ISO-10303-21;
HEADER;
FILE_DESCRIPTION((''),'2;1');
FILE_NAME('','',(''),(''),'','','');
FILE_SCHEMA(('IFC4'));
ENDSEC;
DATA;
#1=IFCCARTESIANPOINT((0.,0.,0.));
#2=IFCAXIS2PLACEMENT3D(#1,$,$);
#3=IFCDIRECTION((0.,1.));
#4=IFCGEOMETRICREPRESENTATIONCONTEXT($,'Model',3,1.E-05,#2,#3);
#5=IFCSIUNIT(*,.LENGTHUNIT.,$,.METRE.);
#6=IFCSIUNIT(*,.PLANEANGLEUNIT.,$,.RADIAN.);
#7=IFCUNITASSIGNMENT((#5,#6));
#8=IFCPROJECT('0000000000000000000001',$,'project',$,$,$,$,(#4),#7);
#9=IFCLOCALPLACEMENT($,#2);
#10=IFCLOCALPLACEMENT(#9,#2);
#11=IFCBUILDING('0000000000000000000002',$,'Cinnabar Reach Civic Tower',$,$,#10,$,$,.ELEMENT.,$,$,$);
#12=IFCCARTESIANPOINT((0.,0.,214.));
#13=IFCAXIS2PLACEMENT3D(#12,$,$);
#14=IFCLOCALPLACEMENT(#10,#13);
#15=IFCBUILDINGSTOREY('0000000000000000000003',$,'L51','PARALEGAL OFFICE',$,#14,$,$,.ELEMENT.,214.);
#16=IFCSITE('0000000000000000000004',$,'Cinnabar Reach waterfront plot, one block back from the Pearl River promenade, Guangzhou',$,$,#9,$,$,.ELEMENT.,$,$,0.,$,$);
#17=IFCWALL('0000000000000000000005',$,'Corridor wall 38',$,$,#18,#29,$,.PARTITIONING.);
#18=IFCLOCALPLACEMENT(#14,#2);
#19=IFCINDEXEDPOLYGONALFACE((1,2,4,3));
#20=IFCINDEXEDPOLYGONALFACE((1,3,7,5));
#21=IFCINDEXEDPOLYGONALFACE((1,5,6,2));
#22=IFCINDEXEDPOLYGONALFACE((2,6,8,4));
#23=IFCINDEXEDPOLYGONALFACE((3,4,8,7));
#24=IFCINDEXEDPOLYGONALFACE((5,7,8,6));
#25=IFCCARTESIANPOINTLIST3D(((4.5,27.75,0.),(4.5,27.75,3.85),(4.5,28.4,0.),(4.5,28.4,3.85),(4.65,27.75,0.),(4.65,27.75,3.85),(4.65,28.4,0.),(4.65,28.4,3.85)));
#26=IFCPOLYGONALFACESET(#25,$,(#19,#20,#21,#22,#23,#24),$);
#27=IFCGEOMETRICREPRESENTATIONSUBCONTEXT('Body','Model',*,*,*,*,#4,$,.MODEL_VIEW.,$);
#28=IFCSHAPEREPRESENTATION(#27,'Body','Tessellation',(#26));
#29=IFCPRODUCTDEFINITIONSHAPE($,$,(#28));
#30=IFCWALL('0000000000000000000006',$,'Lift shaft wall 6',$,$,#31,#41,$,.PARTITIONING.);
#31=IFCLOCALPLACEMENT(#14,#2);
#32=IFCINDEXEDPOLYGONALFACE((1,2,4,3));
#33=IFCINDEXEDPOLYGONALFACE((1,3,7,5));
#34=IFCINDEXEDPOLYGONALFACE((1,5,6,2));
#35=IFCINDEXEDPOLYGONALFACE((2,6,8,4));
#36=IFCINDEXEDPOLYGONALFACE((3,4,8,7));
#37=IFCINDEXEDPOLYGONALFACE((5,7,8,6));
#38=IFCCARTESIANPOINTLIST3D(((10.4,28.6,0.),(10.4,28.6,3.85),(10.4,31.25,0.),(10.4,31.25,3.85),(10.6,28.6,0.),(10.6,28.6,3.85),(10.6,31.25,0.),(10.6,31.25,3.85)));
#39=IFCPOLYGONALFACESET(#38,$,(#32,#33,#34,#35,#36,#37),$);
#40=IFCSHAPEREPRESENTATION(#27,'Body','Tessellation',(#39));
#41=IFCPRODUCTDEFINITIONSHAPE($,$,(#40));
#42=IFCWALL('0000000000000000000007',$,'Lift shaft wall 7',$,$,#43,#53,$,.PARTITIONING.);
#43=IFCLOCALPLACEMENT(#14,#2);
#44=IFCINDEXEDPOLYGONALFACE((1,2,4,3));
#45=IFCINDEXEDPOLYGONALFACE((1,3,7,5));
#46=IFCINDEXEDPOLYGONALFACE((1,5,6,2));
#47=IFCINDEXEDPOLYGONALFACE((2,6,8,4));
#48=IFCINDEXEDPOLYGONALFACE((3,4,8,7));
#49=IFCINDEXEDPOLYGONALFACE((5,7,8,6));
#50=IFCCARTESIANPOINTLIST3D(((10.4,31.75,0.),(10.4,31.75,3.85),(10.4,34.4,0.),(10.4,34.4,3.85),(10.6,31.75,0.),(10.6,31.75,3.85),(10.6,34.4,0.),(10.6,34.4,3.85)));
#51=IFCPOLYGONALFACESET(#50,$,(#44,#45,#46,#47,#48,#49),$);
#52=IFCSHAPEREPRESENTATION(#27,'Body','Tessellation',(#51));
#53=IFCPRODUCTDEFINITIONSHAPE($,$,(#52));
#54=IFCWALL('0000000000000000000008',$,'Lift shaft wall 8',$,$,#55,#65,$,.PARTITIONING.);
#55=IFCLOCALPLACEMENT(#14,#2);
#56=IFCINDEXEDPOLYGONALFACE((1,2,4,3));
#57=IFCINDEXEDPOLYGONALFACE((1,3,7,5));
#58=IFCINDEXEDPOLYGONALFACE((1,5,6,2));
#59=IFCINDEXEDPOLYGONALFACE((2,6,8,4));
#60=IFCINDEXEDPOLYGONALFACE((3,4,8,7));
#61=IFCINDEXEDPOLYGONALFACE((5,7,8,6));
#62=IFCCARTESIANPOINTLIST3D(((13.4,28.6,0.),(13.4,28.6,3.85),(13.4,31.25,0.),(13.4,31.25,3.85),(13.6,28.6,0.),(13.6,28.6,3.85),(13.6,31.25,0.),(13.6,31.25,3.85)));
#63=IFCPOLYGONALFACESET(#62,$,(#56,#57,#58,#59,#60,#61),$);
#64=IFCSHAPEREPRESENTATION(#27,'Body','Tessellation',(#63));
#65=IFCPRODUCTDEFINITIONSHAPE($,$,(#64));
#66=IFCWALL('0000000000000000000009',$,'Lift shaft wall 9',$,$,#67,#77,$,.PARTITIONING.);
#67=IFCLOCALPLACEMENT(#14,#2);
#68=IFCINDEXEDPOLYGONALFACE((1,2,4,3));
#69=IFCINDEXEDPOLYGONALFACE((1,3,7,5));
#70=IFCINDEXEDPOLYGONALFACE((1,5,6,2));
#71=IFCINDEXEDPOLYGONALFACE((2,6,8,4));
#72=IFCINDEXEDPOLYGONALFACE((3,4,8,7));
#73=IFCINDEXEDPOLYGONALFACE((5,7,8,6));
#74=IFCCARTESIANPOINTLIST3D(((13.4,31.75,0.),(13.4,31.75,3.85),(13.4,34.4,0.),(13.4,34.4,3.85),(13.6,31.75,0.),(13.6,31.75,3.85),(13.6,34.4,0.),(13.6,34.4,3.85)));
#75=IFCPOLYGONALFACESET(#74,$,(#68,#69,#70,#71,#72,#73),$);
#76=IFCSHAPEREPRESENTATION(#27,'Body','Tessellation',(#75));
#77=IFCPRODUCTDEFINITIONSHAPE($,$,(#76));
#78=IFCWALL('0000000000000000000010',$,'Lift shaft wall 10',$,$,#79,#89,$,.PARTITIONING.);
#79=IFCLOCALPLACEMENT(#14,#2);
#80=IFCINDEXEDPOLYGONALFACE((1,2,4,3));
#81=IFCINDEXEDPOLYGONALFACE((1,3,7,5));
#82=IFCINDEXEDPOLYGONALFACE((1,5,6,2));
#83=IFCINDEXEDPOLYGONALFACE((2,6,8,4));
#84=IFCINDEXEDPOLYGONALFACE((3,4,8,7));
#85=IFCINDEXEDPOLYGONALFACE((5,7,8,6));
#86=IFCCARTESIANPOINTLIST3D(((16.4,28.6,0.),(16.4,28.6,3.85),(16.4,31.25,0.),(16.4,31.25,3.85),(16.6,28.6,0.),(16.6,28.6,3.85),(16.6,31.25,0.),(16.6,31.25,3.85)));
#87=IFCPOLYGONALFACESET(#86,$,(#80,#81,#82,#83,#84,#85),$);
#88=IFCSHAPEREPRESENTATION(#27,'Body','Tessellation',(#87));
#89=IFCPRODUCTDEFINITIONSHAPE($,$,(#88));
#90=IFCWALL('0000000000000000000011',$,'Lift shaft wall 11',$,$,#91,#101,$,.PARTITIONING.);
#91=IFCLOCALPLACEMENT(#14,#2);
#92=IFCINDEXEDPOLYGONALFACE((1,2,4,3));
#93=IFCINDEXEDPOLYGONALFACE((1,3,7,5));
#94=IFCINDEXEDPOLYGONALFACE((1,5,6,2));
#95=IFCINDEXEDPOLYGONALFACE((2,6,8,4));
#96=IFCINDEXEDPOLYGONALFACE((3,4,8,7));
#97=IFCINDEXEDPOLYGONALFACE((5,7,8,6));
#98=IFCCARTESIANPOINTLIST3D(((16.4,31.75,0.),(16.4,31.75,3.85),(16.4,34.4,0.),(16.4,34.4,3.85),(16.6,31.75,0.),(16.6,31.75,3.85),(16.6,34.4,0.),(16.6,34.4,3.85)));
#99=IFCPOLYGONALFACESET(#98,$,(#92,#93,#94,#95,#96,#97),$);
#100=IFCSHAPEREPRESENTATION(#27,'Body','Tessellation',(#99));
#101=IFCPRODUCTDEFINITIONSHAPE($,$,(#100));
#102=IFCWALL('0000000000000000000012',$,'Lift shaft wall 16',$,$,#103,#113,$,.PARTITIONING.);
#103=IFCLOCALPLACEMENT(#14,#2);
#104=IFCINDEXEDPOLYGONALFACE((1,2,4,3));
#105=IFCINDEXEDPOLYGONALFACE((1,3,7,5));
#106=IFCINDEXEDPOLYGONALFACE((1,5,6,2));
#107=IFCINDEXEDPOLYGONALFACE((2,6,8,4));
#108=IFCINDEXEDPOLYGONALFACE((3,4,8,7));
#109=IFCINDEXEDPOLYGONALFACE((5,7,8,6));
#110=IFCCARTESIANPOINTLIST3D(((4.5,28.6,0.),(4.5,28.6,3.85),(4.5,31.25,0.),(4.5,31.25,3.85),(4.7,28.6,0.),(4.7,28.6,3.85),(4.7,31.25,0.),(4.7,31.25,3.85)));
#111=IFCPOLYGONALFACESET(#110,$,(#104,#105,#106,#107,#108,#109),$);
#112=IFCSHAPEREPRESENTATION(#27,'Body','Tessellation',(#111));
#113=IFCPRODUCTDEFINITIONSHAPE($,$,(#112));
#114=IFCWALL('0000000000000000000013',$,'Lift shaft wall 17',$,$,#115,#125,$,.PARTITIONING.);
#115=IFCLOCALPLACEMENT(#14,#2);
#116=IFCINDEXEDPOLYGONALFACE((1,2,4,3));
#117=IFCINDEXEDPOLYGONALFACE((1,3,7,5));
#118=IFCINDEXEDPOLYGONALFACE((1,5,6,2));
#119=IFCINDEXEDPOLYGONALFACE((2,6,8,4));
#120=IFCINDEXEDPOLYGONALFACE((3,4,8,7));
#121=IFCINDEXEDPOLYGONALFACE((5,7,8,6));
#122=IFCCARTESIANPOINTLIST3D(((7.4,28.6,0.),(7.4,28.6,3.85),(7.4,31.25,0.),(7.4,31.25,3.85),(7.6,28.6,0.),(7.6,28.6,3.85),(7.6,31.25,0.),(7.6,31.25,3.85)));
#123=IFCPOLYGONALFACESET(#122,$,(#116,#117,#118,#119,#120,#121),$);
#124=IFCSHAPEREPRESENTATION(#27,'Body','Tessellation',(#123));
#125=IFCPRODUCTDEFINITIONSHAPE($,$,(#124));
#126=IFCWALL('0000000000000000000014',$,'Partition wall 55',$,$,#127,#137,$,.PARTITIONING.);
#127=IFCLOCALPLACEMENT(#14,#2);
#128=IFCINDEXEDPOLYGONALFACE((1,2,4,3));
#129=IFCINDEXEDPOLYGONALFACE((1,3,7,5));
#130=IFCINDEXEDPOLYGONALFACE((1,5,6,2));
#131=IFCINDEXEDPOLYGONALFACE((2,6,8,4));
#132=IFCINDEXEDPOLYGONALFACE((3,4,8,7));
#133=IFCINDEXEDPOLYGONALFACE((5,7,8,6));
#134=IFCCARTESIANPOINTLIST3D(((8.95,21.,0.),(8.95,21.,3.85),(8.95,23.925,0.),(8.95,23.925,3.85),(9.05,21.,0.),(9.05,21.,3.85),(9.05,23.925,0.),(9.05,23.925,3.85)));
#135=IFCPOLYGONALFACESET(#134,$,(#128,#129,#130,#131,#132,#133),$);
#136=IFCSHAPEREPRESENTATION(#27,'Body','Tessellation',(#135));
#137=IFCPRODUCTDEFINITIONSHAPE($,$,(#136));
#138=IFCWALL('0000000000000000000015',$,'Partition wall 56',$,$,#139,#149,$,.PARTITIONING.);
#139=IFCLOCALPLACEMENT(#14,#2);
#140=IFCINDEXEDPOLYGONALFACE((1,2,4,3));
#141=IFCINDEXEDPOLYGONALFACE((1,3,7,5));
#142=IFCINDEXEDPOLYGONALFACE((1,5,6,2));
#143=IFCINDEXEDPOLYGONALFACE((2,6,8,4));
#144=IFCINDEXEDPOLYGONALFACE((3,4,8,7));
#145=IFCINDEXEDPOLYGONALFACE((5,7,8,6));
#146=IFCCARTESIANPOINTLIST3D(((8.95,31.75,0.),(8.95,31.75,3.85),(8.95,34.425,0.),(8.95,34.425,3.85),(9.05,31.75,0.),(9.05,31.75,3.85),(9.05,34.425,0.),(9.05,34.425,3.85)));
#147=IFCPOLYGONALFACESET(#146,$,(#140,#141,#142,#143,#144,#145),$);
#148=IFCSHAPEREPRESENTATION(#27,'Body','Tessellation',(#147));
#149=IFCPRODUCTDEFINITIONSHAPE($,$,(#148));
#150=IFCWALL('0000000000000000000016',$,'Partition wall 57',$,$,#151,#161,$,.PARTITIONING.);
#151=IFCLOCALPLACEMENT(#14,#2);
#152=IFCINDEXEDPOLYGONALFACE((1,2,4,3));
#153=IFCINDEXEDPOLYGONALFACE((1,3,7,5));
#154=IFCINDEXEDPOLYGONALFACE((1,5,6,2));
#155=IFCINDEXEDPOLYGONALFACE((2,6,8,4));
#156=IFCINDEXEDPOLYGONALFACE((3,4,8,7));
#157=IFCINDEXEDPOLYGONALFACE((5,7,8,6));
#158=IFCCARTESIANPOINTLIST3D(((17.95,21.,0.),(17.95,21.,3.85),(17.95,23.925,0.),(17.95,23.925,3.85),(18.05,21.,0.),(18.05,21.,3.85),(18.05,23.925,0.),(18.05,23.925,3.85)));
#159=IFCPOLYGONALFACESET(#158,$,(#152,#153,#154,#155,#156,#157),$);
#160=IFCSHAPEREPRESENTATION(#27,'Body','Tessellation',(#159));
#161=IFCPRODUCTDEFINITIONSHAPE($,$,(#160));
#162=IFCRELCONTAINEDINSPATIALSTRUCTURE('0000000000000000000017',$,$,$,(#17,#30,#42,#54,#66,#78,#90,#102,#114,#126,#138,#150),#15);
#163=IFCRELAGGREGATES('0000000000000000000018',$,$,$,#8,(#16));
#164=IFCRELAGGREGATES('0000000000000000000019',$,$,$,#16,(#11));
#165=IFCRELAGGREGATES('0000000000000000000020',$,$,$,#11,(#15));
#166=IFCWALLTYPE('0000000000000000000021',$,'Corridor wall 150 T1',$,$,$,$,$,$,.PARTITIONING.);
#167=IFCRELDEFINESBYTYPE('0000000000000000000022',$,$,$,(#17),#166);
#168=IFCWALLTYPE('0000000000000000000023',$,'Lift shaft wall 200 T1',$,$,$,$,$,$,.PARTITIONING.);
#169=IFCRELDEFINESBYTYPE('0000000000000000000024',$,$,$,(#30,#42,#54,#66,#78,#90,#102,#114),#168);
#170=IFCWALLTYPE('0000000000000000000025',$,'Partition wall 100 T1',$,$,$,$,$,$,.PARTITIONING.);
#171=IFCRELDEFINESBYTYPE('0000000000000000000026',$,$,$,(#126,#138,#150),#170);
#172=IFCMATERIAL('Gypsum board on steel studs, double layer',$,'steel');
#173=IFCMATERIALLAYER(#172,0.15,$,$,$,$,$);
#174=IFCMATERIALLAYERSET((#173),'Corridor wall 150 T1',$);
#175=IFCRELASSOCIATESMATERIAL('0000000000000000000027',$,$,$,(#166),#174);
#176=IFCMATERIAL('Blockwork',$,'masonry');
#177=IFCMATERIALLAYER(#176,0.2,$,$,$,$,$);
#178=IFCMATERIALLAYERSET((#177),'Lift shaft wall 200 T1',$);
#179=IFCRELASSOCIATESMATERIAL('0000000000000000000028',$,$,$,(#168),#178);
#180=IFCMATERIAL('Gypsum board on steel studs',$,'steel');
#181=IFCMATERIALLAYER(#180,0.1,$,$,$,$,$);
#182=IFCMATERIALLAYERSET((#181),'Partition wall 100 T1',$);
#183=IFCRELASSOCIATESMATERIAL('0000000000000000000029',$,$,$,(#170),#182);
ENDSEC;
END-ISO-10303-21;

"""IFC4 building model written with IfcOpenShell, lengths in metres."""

from ifc_helpers import new_model, si_unit, direction, frame, frame_2d, origin, place, context, subcontext, project, spatial, rectangle, extrude, material, layer, layer_set, type_object, element, save


model = new_model("IFC4")

# Units and contexts
model_context = context("Model", 3, precision=1e-05, world=origin(), true_north=direction((0.0, 1.0)))
body_context = subcontext(model_context, "Body", "Model", "MODEL_VIEW")
ifc_project = project(units=[si_unit("LENGTHUNIT", "METRE"), si_unit("PLANEANGLEUNIT", "RADIAN")], contexts=[model_context])

# Site, building, storey
site_placement = place(None, origin())
site = spatial("IfcSite", under=ifc_project, at=site_placement, Name="Cinnabar Reach waterfront plot, one block back from the Pearl River promenade, Guangzhou", CompositionType="ELEMENT", RefElevation=0.0)
building_placement = place(site_placement, origin())
building = spatial("IfcBuilding", under=site, at=building_placement, Name="Cinnabar Reach Civic Tower", CompositionType="ELEMENT")
storey_placement = place(building_placement, frame((0.0, 0.0, 214.0)))
storey = spatial("IfcBuildingStorey", under=building, at=storey_placement, Name="L51", Description="PARALEGAL OFFICE", CompositionType="ELEMENT", Elevation=214.0)

# Shared definitions
ifc_material_1 = material(Name="Gypsum board on steel studs, double layer", Category="steel")
ifc_layer_1 = layer(ifc_material_1, 0.15)
ifc_layer_set_1 = layer_set([ifc_layer_1], Name="Corridor wall 150 T1")
wall_type_1 = type_object("IfcWallType", Name="Corridor wall 150 T1", PredefinedType="PARTITIONING", material=ifc_layer_set_1)

# Walls
wall_1_placement = place(storey_placement, frame((4.575, 27.75, 0.0), z_axis=(0.0, 0.0, 1.0), x_axis=(0.0, 1.0, 0.0)))
element("IfcWall", 1, at=wall_1_placement, inside=storey, type_object=wall_type_1, Name="Corridor wall 38", PredefinedType="PARTITIONING", context=body_context, shape_type="SweptSolid", body=[
    extrude(rectangle(XDim=0.65, YDim=0.15, at=frame_2d((0.325, 0.0))), origin(), (0.0, 0.0, 1.0), 3.85),
])
ifc_material_2 = material(Name="Blockwork", Category="masonry")
ifc_layer_2 = layer(ifc_material_2, 0.2)
ifc_layer_set_2 = layer_set([ifc_layer_2], Name="Lift shaft wall 200 T1")
wall_type_2 = type_object("IfcWallType", Name="Lift shaft wall 200 T1", PredefinedType="PARTITIONING", material=ifc_layer_set_2)
for number, where, z_axis, x_axis, name in (
    (2, (10.5, 28.6, 0.0), (0.0, 0.0, 1.0), (0.0, 1.0, 0.0), "Lift shaft wall 6"),
    (3, (10.5, 31.75, 0.0), (0.0, 0.0, 1.0), (0.0, 1.0, 0.0), "Lift shaft wall 7"),
    (4, (13.5, 28.6, 0.0), (0.0, 0.0, 1.0), (0.0, 1.0, 0.0), "Lift shaft wall 8"),
    (5, (13.5, 31.75, 0.0), (0.0, 0.0, 1.0), (0.0, 1.0, 0.0), "Lift shaft wall 9"),
    (6, (16.5, 28.6, 0.0), (0.0, 0.0, 1.0), (0.0, 1.0, 0.0), "Lift shaft wall 10"),
    (7, (16.5, 31.75, 0.0), (0.0, 0.0, 1.0), (0.0, 1.0, 0.0), "Lift shaft wall 11"),
    (8, (4.6, 28.6, 0.0), (0.0, 0.0, 1.0), (0.0, 1.0, 0.0), "Lift shaft wall 16"),
    (9, (7.5, 28.6, 0.0), (0.0, 0.0, 1.0), (0.0, 1.0, 0.0), "Lift shaft wall 17"),
):
    element("IfcWall", number, at=place(storey_placement, frame(where, z_axis=z_axis, x_axis=x_axis)), inside=storey, type_object=wall_type_2, Name=name, PredefinedType="PARTITIONING", context=body_context, shape_type="SweptSolid", body=[
        extrude(rectangle(XDim=2.65, YDim=0.2, at=frame_2d((1.325, 0.0))), origin(), (0.0, 0.0, 1.0), 3.85),
    ])
ifc_material_3 = material(Name="Gypsum board on steel studs", Category="steel")
ifc_layer_3 = layer(ifc_material_3, 0.1)
ifc_layer_set_3 = layer_set([ifc_layer_3], Name="Partition wall 100 T1")
wall_type_3 = type_object("IfcWallType", Name="Partition wall 100 T1", PredefinedType="PARTITIONING", material=ifc_layer_set_3)
wall_2_placement = place(storey_placement, frame((9.0, 21.0, 0.0), z_axis=(0.0, 0.0, 1.0), x_axis=(0.0, 1.0, 0.0)))
element("IfcWall", 10, at=wall_2_placement, inside=storey, type_object=wall_type_3, Name="Partition wall 55", PredefinedType="PARTITIONING", context=body_context, shape_type="SweptSolid", body=[
    extrude(rectangle(XDim=2.925, YDim=0.1, at=frame_2d((1.4625, 0.0))), origin(), (0.0, 0.0, 1.0), 3.85),
])
wall_3_placement = place(storey_placement, frame((9.0, 31.75, 0.0), z_axis=(0.0, 0.0, 1.0), x_axis=(0.0, 1.0, 0.0)))
element("IfcWall", 11, at=wall_3_placement, inside=storey, type_object=wall_type_3, Name="Partition wall 56", PredefinedType="PARTITIONING", context=body_context, shape_type="SweptSolid", body=[
    extrude(rectangle(XDim=2.675, YDim=0.1, at=frame_2d((1.3375, 0.0))), origin(), (0.0, 0.0, 1.0), 3.85),
])
wall_4_placement = place(storey_placement, frame((18.0, 21.0, 0.0), z_axis=(0.0, 0.0, 1.0), x_axis=(0.0, 1.0, 0.0)))
element("IfcWall", 12, at=wall_4_placement, inside=storey, type_object=wall_type_3, Name="Partition wall 57", PredefinedType="PARTITIONING", context=body_context, shape_type="SweptSolid", body=[
    extrude(rectangle(XDim=2.925, YDim=0.1, at=frame_2d((1.4625, 0.0))), origin(), (0.0, 0.0, 1.0), 3.85),
])

save(model, "model.ifc")
